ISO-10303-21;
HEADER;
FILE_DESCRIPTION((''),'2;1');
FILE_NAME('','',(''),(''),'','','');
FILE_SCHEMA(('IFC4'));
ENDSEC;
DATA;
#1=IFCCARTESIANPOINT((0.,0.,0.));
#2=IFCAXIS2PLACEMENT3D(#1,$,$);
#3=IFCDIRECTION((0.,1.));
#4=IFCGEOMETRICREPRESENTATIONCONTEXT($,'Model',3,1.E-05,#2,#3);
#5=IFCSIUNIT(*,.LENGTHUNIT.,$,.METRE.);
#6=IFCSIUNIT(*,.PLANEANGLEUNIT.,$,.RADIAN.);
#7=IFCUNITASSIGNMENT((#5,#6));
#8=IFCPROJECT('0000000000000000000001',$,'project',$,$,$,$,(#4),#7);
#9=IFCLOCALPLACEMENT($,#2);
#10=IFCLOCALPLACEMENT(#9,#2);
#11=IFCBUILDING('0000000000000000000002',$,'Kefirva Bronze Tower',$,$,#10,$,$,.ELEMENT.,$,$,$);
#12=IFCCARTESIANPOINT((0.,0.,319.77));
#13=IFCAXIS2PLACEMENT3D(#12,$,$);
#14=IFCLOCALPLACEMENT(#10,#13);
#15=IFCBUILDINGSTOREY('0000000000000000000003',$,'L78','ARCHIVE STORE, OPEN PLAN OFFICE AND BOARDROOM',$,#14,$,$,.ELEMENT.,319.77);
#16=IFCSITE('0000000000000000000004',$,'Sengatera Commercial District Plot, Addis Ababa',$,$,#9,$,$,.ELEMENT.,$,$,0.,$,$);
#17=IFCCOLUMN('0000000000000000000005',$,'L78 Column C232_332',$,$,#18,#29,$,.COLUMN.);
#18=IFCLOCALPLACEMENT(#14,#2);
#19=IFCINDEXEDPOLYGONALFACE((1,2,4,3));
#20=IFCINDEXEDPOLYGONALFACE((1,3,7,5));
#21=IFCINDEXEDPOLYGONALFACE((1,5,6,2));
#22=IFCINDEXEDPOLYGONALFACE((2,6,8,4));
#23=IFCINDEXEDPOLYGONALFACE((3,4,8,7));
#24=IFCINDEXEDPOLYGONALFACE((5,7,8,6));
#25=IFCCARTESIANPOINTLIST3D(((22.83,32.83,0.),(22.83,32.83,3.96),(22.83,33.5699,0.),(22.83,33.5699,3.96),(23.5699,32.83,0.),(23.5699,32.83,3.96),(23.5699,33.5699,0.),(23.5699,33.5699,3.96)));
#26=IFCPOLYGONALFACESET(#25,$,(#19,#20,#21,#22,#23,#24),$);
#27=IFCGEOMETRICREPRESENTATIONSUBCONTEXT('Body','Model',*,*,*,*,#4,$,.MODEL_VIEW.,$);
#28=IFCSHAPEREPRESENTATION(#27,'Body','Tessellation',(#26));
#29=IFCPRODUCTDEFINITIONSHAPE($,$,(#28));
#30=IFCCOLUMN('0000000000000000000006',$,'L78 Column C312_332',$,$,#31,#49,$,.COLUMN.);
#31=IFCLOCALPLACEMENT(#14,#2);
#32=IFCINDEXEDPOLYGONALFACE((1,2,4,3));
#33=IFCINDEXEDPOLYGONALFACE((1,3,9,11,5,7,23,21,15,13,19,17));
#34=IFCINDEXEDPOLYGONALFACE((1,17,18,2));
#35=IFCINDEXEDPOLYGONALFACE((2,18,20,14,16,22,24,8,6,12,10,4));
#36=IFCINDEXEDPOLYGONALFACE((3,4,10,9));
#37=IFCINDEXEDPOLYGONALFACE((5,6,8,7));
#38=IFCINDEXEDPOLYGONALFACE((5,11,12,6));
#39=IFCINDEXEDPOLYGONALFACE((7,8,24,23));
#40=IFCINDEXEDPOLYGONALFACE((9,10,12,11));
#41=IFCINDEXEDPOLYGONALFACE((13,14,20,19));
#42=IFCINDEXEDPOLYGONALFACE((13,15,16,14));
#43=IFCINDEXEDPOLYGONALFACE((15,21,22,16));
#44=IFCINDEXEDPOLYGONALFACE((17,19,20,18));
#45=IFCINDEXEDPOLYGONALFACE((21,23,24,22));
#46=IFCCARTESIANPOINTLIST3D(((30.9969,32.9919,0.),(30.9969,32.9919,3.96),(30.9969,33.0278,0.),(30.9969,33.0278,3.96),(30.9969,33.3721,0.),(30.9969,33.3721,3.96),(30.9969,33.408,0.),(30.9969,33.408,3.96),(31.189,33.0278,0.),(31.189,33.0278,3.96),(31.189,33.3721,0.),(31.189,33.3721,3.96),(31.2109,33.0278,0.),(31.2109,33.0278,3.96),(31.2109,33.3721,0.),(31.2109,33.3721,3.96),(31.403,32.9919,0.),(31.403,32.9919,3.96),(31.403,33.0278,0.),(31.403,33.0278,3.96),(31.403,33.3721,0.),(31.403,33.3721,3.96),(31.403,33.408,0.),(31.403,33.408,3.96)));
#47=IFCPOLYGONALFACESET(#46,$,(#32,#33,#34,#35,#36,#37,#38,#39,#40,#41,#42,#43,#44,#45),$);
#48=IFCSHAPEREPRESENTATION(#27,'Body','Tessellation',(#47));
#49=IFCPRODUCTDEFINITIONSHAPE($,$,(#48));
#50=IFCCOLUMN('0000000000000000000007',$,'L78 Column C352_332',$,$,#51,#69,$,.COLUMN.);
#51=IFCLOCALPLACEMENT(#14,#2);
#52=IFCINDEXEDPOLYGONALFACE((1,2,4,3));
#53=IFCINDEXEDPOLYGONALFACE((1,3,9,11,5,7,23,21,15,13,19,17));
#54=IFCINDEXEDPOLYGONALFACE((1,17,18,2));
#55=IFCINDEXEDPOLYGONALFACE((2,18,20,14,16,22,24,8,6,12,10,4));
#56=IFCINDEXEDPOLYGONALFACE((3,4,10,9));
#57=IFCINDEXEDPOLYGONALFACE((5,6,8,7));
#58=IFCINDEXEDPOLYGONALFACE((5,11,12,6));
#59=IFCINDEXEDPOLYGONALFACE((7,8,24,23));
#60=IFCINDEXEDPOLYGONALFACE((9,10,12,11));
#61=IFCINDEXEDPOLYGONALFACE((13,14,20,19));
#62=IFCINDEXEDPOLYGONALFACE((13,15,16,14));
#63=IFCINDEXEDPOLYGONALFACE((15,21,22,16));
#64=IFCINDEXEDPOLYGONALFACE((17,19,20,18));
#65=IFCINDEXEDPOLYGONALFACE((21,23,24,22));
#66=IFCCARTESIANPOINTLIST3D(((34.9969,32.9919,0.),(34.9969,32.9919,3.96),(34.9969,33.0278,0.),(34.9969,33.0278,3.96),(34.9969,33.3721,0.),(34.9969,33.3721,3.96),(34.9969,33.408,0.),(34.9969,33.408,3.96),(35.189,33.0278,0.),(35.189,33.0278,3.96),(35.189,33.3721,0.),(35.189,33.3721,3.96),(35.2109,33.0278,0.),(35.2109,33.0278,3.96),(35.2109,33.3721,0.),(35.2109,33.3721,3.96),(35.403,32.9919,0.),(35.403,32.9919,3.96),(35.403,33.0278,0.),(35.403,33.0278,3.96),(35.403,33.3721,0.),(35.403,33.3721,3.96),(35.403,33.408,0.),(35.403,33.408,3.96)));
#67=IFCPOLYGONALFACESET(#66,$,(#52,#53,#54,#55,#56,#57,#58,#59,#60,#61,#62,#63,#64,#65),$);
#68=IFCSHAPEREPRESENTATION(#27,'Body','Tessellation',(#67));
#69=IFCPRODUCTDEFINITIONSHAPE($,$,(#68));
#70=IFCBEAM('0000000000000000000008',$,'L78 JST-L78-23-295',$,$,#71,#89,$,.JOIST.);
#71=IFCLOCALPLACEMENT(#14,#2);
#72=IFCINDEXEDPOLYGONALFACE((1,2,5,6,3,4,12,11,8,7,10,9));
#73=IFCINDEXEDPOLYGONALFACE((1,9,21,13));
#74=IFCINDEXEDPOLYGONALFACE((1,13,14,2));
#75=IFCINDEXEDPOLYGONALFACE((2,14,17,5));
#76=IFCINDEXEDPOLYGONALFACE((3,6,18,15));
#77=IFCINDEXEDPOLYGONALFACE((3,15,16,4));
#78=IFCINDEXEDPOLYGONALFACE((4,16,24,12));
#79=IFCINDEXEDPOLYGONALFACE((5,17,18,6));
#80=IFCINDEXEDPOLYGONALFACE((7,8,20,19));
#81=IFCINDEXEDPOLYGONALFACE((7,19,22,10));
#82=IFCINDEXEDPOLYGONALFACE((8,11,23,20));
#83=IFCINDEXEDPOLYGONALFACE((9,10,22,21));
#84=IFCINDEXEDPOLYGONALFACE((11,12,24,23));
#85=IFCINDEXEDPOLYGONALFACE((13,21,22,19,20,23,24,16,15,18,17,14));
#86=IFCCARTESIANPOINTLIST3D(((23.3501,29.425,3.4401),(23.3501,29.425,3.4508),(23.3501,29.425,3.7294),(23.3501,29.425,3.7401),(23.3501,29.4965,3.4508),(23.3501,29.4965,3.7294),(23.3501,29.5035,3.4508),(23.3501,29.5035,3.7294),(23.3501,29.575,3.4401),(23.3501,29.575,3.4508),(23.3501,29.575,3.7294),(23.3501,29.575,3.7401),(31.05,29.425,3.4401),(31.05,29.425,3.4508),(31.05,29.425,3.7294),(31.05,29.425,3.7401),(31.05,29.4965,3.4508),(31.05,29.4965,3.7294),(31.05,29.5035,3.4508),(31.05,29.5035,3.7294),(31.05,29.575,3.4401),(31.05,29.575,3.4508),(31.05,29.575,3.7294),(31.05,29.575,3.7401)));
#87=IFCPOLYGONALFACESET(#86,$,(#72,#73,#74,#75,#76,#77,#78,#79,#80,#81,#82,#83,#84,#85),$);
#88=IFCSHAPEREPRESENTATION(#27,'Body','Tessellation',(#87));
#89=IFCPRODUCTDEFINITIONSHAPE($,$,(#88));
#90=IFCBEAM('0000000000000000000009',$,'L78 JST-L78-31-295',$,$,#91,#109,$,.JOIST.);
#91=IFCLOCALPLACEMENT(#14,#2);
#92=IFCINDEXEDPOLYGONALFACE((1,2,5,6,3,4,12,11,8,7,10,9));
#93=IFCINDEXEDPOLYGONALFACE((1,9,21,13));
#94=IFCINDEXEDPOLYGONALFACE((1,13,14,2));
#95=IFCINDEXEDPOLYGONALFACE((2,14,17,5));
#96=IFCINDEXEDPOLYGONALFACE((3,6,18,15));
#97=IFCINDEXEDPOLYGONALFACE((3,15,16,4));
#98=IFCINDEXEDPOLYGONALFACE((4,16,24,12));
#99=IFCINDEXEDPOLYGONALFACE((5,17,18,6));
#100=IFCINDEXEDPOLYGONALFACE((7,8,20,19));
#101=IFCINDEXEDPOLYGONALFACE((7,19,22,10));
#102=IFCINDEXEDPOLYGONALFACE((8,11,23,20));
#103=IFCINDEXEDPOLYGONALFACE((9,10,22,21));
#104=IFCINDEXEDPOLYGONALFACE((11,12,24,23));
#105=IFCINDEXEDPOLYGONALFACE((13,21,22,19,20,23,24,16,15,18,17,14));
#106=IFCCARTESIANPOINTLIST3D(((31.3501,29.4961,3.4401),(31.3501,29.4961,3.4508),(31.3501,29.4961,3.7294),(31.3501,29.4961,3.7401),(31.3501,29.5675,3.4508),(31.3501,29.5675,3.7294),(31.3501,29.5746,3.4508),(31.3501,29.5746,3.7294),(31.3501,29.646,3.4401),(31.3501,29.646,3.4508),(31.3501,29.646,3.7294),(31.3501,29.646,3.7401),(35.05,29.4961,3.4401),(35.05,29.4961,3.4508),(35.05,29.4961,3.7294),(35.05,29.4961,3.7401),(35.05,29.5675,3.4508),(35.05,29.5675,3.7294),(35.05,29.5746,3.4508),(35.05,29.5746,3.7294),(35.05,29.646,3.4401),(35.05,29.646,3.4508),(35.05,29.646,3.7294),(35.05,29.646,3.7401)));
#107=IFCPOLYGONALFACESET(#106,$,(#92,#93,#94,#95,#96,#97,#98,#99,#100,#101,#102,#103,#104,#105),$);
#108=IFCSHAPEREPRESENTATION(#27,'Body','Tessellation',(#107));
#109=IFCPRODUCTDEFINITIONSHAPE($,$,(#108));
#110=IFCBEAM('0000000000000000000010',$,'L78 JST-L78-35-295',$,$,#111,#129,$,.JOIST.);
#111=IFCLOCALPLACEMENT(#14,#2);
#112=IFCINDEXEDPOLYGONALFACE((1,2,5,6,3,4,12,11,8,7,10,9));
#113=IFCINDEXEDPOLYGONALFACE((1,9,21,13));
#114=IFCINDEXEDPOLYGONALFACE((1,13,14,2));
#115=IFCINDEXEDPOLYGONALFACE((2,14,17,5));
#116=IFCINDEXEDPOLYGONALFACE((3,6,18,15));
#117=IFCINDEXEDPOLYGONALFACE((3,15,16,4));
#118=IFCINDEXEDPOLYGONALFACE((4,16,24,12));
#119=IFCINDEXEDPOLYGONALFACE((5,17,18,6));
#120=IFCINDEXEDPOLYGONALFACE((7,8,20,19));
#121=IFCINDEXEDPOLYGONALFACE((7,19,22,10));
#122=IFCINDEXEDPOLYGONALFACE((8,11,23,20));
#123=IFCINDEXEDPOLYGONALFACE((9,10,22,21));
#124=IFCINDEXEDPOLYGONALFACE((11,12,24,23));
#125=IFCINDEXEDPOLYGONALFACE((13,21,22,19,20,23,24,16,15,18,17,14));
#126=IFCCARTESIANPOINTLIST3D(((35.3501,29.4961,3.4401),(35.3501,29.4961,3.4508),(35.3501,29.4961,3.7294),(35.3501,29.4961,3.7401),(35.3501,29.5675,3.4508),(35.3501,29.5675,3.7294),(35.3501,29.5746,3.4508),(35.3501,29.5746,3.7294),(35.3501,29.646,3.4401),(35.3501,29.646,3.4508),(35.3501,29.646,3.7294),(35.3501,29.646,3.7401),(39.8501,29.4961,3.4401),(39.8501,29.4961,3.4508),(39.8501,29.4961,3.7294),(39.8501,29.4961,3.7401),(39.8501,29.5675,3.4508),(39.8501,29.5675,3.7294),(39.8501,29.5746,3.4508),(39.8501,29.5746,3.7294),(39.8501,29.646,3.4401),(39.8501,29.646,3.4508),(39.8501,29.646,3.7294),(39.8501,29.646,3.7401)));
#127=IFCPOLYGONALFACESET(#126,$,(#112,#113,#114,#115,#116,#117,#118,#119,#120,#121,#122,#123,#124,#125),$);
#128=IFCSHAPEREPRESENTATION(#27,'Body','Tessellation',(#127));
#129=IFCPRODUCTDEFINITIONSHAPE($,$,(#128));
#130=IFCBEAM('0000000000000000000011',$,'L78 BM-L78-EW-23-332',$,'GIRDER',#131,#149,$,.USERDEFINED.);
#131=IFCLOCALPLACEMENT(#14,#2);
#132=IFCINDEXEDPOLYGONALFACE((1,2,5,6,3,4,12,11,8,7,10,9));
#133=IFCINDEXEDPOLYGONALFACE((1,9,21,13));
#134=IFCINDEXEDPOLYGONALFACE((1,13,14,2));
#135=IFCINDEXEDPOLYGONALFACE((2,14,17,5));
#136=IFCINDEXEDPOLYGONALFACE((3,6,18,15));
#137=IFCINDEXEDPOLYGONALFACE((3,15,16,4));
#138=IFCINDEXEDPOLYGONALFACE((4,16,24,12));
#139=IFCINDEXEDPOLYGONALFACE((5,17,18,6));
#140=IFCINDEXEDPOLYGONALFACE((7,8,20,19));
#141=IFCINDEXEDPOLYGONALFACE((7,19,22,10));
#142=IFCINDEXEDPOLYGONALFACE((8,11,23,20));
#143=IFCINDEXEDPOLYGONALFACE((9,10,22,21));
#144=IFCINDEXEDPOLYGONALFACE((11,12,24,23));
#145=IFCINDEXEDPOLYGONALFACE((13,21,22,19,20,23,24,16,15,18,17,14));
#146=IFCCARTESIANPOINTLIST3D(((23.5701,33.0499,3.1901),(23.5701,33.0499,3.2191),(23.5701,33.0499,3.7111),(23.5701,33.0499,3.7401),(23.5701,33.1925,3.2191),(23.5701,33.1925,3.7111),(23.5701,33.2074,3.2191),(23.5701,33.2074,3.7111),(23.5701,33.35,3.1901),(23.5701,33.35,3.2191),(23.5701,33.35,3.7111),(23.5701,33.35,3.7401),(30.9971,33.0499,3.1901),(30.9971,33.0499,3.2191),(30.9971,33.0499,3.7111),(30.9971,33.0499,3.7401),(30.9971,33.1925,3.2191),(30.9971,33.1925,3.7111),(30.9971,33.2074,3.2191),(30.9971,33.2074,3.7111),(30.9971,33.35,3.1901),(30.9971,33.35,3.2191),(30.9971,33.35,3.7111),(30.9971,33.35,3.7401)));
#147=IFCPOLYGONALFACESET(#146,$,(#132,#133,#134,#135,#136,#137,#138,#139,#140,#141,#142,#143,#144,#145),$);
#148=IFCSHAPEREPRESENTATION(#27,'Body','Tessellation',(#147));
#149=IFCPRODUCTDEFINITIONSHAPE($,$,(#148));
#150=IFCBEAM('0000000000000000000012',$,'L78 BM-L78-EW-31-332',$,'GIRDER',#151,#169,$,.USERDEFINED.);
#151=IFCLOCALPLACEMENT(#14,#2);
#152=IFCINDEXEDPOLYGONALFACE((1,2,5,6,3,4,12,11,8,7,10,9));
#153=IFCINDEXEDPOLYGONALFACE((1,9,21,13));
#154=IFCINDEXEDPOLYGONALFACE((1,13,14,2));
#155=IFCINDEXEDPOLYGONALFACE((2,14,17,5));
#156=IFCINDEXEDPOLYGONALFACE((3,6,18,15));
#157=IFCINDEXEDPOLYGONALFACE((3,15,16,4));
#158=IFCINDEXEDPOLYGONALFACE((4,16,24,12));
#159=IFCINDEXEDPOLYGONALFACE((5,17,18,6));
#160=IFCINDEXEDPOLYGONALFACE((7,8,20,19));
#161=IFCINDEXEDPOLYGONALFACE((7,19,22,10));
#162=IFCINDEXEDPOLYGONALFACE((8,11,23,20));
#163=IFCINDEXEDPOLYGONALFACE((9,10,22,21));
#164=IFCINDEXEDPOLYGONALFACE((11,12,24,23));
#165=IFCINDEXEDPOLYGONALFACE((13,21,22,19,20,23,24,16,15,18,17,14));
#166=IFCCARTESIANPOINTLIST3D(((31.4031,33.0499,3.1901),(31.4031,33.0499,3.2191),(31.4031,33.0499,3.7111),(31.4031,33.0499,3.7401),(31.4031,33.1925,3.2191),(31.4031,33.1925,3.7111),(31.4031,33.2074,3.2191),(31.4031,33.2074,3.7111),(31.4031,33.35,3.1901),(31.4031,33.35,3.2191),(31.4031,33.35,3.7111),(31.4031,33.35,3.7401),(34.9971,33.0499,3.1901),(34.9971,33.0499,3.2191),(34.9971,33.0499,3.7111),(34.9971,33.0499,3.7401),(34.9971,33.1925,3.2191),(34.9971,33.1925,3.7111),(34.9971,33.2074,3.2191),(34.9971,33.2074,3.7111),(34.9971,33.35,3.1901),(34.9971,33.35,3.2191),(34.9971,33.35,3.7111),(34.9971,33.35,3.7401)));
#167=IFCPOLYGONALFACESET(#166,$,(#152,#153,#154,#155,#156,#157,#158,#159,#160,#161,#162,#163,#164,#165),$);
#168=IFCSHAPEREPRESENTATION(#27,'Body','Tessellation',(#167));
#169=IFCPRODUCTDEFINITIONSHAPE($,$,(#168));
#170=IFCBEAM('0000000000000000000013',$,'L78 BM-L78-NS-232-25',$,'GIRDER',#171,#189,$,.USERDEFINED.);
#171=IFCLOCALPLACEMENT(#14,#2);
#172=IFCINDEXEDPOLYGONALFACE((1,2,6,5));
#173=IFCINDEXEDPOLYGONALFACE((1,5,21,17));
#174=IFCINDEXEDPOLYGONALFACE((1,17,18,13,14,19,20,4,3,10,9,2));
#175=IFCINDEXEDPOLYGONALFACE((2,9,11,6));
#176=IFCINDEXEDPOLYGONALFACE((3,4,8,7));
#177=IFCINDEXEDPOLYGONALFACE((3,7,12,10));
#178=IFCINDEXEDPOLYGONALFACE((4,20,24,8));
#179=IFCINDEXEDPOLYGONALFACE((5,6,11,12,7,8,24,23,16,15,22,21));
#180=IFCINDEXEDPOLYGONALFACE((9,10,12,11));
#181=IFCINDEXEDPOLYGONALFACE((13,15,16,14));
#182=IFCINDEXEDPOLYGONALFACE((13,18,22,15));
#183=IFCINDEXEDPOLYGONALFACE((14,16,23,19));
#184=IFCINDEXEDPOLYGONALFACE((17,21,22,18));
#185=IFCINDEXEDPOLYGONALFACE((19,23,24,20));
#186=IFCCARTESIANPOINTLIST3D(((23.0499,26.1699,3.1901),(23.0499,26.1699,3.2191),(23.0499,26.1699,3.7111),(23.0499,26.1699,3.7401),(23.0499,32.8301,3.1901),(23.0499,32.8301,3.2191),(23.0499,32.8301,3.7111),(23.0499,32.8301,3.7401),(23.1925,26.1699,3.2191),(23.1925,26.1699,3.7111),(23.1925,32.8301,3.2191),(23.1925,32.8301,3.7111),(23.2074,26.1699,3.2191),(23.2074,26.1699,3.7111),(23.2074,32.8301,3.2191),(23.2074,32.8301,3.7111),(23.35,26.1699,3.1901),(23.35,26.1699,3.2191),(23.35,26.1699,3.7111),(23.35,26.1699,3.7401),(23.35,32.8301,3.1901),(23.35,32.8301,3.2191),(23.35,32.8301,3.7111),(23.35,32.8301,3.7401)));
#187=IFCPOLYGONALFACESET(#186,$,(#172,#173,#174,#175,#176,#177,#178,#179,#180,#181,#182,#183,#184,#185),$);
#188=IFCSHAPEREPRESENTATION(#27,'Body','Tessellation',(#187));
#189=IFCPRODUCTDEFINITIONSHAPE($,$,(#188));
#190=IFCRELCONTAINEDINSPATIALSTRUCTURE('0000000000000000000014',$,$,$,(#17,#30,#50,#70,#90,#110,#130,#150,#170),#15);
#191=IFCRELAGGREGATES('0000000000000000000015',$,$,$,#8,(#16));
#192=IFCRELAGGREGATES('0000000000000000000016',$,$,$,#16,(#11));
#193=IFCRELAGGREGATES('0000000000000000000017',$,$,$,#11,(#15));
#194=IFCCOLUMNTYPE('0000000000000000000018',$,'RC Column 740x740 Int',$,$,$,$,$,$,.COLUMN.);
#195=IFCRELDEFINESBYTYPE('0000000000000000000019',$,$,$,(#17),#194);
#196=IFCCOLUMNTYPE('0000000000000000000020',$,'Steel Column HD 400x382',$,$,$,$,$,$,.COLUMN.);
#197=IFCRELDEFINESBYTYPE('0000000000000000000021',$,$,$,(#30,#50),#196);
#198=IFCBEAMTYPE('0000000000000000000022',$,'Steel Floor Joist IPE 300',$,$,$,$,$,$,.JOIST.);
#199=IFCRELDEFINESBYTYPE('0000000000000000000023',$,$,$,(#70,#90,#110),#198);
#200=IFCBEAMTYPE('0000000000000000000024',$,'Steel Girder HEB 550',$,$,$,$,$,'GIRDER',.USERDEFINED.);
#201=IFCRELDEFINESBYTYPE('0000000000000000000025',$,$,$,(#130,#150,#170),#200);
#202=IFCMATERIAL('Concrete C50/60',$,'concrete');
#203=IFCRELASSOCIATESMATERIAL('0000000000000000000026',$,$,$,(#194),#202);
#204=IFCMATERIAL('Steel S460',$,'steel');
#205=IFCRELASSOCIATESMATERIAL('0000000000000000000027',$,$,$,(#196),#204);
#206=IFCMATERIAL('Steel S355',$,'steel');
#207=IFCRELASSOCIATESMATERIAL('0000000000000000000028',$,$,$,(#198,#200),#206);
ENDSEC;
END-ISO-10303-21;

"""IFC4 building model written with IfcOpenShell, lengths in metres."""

from ifc_helpers import new_model, si_unit, direction, frame, origin, origin_2d, place, context, subcontext, project, spatial, rectangle, i_section, extrude, material, material_profile, profile_set, type_object, element, save


model = new_model("IFC4")

# Units and contexts
model_context = context("Model", 3, precision=1e-05, world=origin(), true_north=direction((0.0, 1.0)))
body_context = subcontext(model_context, "Body", "Model", "MODEL_VIEW")
ifc_project = project(units=[si_unit("LENGTHUNIT", "METRE"), si_unit("PLANEANGLEUNIT", "RADIAN")], contexts=[model_context])

# Site, building, storey
site_placement = place(None, origin())
site = spatial("IfcSite", under=ifc_project, at=site_placement, Name="Sengatera Commercial District Plot, Addis Ababa", CompositionType="ELEMENT", RefElevation=0.0)
building_placement = place(site_placement, origin())
building = spatial("IfcBuilding", under=site, at=building_placement, Name="Kefirva Bronze Tower", CompositionType="ELEMENT")
storey_placement = place(building_placement, frame((0.0, 0.0, 319.77)))
storey = spatial("IfcBuildingStorey", under=building, at=storey_placement, Name="L78", Description="ARCHIVE STORE, OPEN PLAN OFFICE AND BOARDROOM", CompositionType="ELEMENT", Elevation=319.77)

# Columns
ifc_material_1 = material(Name="Concrete C50/60", Category="concrete")
ifc_material_profile_1 = material_profile(ifc_material_1, rectangle(XDim=0.74, YDim=0.74, at=origin_2d()), Name="RC 740x740")
ifc_profile_set_1 = profile_set([ifc_material_profile_1], Name="Concrete C50/60")
column_type_1 = type_object("IfcColumnType", Name="RC Column 740x740 Int", PredefinedType="COLUMN", material=ifc_profile_set_1)
column_placement = place(storey_placement, frame((23.2, 33.2, 0.0), z_axis=(0.0, 0.0, 1.0), x_axis=(1.0, 0.0, 0.0)))
element("IfcColumn", 1, at=column_placement, inside=storey, type_object=column_type_1, Name="L78 Column C232_332", PredefinedType="COLUMN", context=body_context, shape_type="SweptSolid", body=[
    extrude(rectangle(XDim=0.74, YDim=0.74, at=origin_2d()), origin(), (0.0, 0.0, 1.0), 3.96),
])
ifc_material_2 = material(Name="Steel S460", Category="steel")
ifc_material_profile_2 = material_profile(ifc_material_2, i_section(OverallWidth=0.406, OverallDepth=0.416, WebThickness=0.022, FlangeThickness=0.0359, at=origin_2d()), Name="HD 400x382")
ifc_profile_set_2 = profile_set([ifc_material_profile_2], Name="Steel S460")
column_type_2 = type_object("IfcColumnType", Name="Steel Column HD 400x382", PredefinedType="COLUMN", material=ifc_profile_set_2)
for number, where, z_axis, x_axis, name in (
    (2, (31.2, 33.2, 0.0), (0.0, 0.0, 1.0), (1.0, 0.0, 0.0), "L78 Column C312_332"),
    (3, (35.2, 33.2, 0.0), (0.0, 0.0, 1.0), (1.0, 0.0, 0.0), "L78 Column C352_332"),
):
    element("IfcColumn", number, at=place(storey_placement, frame(where, z_axis=z_axis, x_axis=x_axis)), inside=storey, type_object=column_type_2, Name=name, PredefinedType="COLUMN", context=body_context, shape_type="SweptSolid", body=[
        extrude(i_section(OverallWidth=0.406, OverallDepth=0.416, WebThickness=0.022, FlangeThickness=0.0359, at=origin_2d()), origin(), (0.0, 0.0, 1.0), 3.96),
    ])

# Beams
ifc_material_3 = material(Name="Steel S355", Category="steel")
ifc_material_profile_3 = material_profile(ifc_material_3, i_section(OverallWidth=0.1499, OverallDepth=0.3, WebThickness=0.0071, FlangeThickness=0.0107, at=origin_2d()), Name="IPE 300")
ifc_profile_set_3 = profile_set([ifc_material_profile_3], Name="Steel S355")
beam_type_1 = type_object("IfcBeamType", Name="Steel Floor Joist IPE 300", PredefinedType="JOIST", material=ifc_profile_set_3)
beam_1_placement = place(storey_placement, frame((23.3501, 29.5, 3.5901), z_axis=(1.0, 0.0, 0.0), x_axis=(0.0, 1.0, 0.0)))
element("IfcBeam", 4, at=beam_1_placement, inside=storey, type_object=beam_type_1, Name="L78 JST-L78-23-295", PredefinedType="JOIST", context=body_context, shape_type="SweptSolid", body=[
    extrude(i_section(OverallWidth=0.1499, OverallDepth=0.3, WebThickness=0.0071, FlangeThickness=0.0107, at=origin_2d()), origin(), (0.0, 0.0, 1.0), 7.7),
])
beam_2_placement = place(storey_placement, frame((31.3501, 29.571, 3.5901), z_axis=(1.0, 0.0, 0.0), x_axis=(0.0, 1.0, 0.0)))
element("IfcBeam", 5, at=beam_2_placement, inside=storey, type_object=beam_type_1, Name="L78 JST-L78-31-295", PredefinedType="JOIST", context=body_context, shape_type="SweptSolid", body=[
    extrude(i_section(OverallWidth=0.1499, OverallDepth=0.3, WebThickness=0.0071, FlangeThickness=0.0107, at=origin_2d()), origin(), (0.0, 0.0, 1.0), 3.7),
])
beam_3_placement = place(storey_placement, frame((35.3501, 29.571, 3.5901), z_axis=(1.0, 0.0, 0.0), x_axis=(0.0, 1.0, 0.0)))
element("IfcBeam", 6, at=beam_3_placement, inside=storey, type_object=beam_type_1, Name="L78 JST-L78-35-295", PredefinedType="JOIST", context=body_context, shape_type="SweptSolid", body=[
    extrude(i_section(OverallWidth=0.1499, OverallDepth=0.3, WebThickness=0.0071, FlangeThickness=0.0107, at=origin_2d()), origin(), (0.0, 0.0, 1.0), 4.5),
])
ifc_material_profile_4 = material_profile(ifc_material_3, i_section(OverallWidth=0.3, OverallDepth=0.55, WebThickness=0.0149, FlangeThickness=0.0291, at=origin_2d()), Name="HEB 550")
ifc_profile_set_4 = profile_set([ifc_material_profile_4], Name="Steel S355")
beam_type_2 = type_object("IfcBeamType", Name="Steel Girder HEB 550", ElementType="GIRDER", PredefinedType="USERDEFINED", material=ifc_profile_set_4)
beam_4_placement = place(storey_placement, frame((23.5701, 33.2, 3.4651), z_axis=(1.0, 0.0, 0.0), x_axis=(0.0, 1.0, 0.0)))
element("IfcBeam", 7, at=beam_4_placement, inside=storey, type_object=beam_type_2, Name="L78 BM-L78-EW-23-332", ObjectType="GIRDER", PredefinedType="USERDEFINED", context=body_context, shape_type="SweptSolid", body=[
    extrude(i_section(OverallWidth=0.3, OverallDepth=0.55, WebThickness=0.0149, FlangeThickness=0.0291, at=origin_2d()), origin(), (0.0, 0.0, 1.0), 7.427),
])
beam_5_placement = place(storey_placement, frame((31.4031, 33.2, 3.4651), z_axis=(1.0, 0.0, 0.0), x_axis=(0.0, 1.0, 0.0)))
element("IfcBeam", 8, at=beam_5_placement, inside=storey, type_object=beam_type_2, Name="L78 BM-L78-EW-31-332", ObjectType="GIRDER", PredefinedType="USERDEFINED", context=body_context, shape_type="SweptSolid", body=[
    extrude(i_section(OverallWidth=0.3, OverallDepth=0.55, WebThickness=0.0149, FlangeThickness=0.0291, at=origin_2d()), origin(), (0.0, 0.0, 1.0), 3.594),
])
beam_6_placement = place(storey_placement, frame((23.2, 26.1699, 3.4651), z_axis=(0.0, 1.0, 0.0), x_axis=(-1.0, 0.0, 0.0)))
element("IfcBeam", 9, at=beam_6_placement, inside=storey, type_object=beam_type_2, Name="L78 BM-L78-NS-232-25", ObjectType="GIRDER", PredefinedType="USERDEFINED", context=body_context, shape_type="SweptSolid", body=[
    extrude(i_section(OverallWidth=0.3, OverallDepth=0.55, WebThickness=0.0149, FlangeThickness=0.0291, at=origin_2d()), origin(), (0.0, 0.0, 1.0), 6.6602),
])

save(model, "model.ifc")
